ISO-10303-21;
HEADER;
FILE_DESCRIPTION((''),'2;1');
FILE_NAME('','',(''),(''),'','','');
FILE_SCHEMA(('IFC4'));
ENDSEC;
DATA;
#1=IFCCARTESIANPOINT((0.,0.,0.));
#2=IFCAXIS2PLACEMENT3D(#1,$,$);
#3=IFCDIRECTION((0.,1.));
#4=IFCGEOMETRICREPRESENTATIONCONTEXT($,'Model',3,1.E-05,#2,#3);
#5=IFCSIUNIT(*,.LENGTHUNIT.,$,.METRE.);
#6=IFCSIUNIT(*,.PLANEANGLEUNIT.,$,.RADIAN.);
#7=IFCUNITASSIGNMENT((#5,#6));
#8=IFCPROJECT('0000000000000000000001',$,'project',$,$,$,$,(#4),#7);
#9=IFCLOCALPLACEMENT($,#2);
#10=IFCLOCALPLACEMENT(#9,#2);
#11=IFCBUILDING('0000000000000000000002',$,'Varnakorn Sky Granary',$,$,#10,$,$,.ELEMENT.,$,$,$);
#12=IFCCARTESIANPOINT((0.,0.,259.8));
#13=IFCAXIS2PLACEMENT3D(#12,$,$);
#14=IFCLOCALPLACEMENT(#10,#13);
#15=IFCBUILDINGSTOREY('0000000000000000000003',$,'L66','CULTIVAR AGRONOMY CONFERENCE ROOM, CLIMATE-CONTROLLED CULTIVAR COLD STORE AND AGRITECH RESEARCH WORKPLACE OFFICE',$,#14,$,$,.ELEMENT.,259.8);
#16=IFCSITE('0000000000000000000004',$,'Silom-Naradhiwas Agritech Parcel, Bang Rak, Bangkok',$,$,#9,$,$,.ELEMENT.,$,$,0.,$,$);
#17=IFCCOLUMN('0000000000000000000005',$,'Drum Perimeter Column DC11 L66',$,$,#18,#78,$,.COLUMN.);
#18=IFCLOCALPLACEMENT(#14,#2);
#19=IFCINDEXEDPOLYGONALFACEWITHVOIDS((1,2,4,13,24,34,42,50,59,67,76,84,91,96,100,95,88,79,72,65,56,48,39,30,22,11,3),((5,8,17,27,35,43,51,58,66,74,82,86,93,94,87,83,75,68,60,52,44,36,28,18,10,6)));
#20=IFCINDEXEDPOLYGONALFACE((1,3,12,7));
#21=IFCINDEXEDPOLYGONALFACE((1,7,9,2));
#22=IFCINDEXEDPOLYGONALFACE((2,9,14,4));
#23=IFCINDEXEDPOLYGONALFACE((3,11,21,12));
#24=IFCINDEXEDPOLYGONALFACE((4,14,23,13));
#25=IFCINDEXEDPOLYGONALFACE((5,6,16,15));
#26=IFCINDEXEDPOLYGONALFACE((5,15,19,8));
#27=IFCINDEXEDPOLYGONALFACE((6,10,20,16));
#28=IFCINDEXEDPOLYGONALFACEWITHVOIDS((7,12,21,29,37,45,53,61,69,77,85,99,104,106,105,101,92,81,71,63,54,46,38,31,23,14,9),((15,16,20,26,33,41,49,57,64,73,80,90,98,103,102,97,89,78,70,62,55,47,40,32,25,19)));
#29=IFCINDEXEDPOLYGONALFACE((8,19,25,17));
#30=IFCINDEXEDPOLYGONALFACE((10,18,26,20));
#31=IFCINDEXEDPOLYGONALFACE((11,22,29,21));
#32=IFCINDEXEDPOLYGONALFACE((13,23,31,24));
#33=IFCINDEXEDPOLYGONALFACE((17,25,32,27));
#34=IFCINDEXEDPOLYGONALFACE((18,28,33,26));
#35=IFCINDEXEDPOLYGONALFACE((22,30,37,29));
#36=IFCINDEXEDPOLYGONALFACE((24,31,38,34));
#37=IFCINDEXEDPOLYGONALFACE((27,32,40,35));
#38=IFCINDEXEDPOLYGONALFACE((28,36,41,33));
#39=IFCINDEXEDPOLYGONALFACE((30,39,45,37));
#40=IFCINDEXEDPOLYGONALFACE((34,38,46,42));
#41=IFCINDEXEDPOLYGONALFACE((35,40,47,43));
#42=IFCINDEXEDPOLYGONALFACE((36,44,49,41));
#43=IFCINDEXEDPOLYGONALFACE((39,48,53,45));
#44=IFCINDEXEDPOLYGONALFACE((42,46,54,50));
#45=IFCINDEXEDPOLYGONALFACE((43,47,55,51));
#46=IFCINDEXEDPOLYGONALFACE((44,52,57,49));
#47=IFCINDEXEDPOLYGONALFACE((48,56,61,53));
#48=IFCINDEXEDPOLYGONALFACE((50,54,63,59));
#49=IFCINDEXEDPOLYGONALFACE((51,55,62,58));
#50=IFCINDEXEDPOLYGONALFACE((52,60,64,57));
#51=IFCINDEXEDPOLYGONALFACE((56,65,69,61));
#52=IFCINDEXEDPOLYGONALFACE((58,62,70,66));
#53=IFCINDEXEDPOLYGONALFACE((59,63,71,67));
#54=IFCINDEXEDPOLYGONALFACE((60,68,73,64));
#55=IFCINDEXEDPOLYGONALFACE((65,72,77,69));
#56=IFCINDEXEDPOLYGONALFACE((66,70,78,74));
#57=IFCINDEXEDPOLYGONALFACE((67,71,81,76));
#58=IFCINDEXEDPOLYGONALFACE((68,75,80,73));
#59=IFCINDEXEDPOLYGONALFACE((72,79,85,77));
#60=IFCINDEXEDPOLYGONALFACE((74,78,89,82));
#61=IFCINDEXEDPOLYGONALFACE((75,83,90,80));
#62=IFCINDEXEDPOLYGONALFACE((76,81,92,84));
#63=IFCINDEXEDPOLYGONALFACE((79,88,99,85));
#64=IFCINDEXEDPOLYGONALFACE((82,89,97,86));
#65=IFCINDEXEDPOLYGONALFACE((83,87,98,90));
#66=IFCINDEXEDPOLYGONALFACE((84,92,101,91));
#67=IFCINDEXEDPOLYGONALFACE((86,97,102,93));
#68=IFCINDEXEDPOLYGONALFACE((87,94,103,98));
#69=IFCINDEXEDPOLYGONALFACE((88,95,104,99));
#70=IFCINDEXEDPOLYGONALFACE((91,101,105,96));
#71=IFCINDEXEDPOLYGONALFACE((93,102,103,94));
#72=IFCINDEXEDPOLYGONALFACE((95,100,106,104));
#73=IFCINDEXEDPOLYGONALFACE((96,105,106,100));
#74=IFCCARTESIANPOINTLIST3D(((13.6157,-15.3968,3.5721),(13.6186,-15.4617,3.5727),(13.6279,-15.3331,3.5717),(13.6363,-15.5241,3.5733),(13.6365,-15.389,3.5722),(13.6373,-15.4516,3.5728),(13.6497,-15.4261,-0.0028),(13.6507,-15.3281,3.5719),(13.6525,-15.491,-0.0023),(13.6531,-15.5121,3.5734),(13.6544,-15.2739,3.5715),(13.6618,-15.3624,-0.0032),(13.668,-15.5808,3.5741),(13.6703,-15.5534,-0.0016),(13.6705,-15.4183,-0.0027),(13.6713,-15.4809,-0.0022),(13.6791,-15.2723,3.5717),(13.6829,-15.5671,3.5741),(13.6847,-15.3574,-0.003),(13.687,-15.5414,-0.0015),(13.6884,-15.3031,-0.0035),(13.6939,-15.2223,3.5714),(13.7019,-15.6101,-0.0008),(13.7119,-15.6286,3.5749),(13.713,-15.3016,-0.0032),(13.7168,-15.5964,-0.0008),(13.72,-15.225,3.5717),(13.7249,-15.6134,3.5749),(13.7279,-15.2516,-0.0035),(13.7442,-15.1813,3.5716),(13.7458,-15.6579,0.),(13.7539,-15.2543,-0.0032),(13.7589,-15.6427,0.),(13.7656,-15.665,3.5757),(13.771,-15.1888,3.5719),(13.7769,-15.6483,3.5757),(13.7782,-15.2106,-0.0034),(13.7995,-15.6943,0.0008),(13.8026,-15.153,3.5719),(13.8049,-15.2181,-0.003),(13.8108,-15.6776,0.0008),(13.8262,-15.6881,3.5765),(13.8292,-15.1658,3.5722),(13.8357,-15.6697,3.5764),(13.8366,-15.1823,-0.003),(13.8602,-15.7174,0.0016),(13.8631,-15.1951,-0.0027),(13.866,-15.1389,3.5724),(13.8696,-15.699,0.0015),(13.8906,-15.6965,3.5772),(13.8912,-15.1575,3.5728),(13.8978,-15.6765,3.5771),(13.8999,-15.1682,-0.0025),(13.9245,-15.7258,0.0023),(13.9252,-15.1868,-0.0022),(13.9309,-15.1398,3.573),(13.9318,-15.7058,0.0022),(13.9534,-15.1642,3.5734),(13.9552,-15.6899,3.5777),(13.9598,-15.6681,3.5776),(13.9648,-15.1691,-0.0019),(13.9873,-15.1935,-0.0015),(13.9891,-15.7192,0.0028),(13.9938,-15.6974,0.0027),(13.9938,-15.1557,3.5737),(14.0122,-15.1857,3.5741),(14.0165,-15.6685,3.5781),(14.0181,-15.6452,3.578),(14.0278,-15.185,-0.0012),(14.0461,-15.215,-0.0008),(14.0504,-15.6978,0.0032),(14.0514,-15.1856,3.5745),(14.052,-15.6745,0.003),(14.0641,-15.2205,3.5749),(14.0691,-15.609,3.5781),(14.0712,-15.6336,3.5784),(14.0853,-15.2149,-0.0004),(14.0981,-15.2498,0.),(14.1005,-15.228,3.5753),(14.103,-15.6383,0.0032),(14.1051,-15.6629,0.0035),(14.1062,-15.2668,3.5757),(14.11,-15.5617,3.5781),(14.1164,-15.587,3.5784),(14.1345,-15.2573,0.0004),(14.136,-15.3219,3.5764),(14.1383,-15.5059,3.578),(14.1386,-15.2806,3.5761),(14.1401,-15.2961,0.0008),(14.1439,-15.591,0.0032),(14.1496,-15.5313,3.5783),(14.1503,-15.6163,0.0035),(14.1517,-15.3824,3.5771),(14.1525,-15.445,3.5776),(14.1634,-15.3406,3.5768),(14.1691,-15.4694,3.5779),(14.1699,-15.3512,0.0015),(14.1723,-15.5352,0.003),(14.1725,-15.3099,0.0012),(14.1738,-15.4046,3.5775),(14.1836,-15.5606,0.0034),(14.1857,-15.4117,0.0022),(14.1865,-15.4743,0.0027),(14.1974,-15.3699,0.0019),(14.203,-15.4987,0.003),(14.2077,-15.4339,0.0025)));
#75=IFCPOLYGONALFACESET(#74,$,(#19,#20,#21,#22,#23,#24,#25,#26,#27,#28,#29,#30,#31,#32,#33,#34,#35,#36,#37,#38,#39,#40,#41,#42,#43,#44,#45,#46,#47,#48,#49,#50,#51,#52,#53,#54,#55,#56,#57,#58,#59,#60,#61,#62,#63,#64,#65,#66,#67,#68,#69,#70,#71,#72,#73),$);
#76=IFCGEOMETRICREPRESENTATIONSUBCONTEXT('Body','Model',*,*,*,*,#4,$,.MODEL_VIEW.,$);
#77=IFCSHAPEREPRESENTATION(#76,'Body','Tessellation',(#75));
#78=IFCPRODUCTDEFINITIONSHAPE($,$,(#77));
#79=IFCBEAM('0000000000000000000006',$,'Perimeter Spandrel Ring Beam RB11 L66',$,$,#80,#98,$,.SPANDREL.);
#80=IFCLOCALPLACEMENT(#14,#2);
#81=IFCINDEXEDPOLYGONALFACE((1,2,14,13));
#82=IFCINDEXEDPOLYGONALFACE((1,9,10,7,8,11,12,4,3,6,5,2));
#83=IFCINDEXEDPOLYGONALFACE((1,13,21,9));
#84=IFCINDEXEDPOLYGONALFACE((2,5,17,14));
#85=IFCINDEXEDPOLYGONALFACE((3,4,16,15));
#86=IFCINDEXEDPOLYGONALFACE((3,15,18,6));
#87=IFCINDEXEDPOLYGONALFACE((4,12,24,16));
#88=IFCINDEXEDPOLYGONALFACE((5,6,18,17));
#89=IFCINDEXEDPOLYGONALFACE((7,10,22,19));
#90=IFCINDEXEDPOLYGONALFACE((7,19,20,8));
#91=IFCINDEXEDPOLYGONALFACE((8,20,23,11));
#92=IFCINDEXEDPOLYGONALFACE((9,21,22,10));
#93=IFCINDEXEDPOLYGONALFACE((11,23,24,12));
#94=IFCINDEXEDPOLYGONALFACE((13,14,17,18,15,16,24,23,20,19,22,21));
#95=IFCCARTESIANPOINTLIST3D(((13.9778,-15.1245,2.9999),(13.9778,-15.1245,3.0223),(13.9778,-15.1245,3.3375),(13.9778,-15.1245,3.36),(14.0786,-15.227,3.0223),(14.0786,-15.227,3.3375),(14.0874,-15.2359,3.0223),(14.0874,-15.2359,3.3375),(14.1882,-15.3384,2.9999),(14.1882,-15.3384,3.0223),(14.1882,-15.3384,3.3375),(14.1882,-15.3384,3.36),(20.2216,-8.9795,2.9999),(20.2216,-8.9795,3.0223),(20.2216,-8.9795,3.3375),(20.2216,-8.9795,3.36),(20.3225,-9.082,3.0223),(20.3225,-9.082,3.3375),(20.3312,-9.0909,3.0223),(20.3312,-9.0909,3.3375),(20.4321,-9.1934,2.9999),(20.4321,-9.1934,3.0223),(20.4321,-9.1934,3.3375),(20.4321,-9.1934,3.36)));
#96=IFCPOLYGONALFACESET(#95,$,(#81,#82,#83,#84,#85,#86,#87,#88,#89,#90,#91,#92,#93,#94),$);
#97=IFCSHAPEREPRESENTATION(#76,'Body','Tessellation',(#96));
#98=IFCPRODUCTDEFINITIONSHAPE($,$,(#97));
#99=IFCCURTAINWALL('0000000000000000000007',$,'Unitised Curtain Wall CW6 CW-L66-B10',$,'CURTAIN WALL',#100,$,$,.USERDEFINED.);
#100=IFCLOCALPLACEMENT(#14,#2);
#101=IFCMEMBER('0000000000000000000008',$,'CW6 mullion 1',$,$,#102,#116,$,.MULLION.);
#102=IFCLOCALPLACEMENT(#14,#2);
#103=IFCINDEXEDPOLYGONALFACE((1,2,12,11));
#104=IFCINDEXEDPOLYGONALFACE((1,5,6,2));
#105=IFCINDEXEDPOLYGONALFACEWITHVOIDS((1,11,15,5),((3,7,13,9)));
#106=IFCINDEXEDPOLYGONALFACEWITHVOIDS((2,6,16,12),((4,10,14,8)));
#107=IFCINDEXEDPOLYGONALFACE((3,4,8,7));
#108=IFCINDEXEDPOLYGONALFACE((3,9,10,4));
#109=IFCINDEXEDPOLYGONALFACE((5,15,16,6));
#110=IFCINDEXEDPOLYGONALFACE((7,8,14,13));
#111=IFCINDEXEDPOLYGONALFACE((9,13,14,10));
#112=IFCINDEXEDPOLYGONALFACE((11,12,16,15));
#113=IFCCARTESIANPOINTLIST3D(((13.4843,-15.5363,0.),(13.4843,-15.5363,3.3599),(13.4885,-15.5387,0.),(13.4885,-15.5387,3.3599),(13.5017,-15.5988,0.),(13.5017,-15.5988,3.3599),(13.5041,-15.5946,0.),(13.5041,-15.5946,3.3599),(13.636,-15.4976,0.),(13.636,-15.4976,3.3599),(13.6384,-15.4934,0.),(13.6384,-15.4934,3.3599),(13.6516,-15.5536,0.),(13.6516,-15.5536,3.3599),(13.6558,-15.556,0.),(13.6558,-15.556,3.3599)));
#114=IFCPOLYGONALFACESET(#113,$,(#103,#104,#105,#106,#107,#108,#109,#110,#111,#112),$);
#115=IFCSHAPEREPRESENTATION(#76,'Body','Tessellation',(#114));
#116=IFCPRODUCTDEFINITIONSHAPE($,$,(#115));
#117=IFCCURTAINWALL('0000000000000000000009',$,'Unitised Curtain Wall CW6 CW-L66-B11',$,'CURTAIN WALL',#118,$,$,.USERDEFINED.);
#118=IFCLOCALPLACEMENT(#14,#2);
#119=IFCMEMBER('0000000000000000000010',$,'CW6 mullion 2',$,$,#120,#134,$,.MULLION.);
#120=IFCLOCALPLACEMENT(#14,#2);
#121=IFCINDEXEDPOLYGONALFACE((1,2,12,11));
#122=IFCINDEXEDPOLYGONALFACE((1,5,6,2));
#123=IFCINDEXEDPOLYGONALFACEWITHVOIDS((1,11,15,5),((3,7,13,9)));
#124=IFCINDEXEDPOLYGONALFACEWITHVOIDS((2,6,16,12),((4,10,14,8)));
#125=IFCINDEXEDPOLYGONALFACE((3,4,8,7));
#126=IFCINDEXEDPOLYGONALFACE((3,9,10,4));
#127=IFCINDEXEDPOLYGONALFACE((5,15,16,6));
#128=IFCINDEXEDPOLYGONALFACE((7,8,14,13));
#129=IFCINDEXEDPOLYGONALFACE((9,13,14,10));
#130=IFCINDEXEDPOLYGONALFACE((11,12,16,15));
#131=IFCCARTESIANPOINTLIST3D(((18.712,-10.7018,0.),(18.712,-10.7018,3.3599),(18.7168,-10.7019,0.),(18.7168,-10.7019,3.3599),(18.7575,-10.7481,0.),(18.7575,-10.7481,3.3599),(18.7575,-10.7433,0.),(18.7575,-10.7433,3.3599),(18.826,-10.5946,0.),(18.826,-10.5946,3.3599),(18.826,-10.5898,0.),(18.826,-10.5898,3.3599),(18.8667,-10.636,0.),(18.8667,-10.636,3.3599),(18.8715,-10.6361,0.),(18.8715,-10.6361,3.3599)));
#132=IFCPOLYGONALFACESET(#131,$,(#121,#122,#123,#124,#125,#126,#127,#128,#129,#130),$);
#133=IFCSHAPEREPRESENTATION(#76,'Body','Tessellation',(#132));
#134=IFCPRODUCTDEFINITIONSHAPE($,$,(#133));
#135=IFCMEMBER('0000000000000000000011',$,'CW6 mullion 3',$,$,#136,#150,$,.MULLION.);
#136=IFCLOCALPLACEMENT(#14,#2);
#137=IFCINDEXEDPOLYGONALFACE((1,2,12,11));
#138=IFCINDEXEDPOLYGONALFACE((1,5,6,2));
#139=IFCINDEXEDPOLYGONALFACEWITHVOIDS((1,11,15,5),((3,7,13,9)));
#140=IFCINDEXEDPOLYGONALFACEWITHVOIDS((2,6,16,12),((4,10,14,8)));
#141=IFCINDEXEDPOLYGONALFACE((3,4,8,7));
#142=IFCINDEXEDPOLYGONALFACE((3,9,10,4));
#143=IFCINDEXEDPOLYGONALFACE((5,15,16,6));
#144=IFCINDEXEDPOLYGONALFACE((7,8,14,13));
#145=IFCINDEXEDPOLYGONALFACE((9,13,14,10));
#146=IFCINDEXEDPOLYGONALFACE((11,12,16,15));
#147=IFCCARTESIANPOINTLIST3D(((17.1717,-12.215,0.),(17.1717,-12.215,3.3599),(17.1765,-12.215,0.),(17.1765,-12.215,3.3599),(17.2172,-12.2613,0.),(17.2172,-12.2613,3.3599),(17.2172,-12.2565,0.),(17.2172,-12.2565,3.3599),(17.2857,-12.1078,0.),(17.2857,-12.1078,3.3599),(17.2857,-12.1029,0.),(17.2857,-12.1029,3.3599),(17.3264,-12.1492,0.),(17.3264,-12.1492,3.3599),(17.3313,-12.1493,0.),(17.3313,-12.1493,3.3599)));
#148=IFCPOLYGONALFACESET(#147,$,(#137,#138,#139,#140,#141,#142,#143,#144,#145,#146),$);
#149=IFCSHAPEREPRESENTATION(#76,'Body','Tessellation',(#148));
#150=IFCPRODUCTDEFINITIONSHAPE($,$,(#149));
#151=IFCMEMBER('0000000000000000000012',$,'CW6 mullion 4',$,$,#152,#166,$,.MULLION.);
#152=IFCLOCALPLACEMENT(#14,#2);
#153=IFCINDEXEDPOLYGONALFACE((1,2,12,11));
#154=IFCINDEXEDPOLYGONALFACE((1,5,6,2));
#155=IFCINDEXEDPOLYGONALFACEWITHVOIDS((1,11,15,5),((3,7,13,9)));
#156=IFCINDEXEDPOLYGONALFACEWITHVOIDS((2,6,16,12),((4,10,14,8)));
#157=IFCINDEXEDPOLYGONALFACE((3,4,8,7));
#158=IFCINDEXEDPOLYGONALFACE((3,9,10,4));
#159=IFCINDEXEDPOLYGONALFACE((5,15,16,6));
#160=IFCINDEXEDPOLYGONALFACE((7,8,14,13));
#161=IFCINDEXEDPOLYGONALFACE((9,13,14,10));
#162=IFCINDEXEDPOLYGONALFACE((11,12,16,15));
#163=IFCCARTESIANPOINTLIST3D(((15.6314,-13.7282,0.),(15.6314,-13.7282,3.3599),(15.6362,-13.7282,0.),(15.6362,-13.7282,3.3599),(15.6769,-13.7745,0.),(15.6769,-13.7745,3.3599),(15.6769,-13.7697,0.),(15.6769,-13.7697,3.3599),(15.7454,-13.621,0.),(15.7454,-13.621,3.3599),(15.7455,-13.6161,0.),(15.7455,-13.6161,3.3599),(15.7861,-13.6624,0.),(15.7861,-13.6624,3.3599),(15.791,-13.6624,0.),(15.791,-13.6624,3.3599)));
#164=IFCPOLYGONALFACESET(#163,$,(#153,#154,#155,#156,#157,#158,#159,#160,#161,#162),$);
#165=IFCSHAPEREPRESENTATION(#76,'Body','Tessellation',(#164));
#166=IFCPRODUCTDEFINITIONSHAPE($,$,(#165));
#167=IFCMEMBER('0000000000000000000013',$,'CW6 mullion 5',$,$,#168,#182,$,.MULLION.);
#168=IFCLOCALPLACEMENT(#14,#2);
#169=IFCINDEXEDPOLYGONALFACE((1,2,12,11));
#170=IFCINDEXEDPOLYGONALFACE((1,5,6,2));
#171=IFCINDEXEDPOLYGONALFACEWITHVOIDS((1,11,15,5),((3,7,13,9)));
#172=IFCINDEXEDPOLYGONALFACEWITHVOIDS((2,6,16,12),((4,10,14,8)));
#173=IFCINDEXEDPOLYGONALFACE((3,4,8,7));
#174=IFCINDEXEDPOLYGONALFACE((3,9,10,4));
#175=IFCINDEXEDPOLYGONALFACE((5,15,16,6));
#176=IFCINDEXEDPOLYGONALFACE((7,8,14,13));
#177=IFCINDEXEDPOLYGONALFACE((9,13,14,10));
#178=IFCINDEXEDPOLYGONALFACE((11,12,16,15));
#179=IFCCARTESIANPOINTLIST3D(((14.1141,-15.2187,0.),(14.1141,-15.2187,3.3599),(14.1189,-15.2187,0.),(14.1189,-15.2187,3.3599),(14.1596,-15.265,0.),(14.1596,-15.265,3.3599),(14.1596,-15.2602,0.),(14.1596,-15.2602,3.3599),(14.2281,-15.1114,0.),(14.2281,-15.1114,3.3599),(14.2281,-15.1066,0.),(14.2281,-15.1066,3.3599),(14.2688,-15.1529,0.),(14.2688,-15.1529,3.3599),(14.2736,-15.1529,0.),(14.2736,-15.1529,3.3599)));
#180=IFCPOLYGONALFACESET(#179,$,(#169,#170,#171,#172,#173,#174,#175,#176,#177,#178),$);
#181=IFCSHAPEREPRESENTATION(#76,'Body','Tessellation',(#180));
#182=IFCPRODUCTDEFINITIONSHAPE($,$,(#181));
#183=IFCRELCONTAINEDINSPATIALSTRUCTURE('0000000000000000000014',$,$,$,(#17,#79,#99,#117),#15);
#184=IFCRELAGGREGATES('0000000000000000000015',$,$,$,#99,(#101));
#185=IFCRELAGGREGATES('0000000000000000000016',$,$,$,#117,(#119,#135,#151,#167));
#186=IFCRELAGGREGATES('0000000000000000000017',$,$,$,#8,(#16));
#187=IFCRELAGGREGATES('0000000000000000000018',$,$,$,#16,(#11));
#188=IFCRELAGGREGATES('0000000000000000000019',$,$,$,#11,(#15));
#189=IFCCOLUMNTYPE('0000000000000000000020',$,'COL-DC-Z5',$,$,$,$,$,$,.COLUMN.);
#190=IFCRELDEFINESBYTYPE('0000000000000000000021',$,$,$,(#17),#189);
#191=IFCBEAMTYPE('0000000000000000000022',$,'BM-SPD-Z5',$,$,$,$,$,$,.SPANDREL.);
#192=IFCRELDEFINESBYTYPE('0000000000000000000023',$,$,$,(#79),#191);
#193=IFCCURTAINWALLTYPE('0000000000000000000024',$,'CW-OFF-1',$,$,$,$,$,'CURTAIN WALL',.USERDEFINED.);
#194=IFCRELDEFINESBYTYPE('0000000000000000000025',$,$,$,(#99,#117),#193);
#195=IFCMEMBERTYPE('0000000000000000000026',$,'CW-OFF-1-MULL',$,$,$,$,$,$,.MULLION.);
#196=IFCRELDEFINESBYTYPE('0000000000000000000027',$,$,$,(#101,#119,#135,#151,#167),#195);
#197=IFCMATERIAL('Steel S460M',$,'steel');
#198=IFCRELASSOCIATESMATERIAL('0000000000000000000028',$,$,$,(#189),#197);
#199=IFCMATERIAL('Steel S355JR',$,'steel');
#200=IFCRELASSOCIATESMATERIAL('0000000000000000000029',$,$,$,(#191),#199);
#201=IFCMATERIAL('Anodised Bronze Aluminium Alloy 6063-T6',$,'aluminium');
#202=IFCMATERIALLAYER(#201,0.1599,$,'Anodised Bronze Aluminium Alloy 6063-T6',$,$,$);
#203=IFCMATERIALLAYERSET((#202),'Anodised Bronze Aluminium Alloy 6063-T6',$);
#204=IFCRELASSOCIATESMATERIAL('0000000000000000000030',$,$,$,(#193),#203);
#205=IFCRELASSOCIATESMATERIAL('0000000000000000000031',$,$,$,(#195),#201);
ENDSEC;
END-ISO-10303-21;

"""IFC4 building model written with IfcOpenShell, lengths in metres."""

from ifc_helpers import new_model, si_unit, direction, frame, origin, origin_2d, place, context, subcontext, project, spatial, hollow_rectangle, hollow_circle, i_section, extrude, material, layer, layer_set, material_profile, profile_set, type_object, element, aggregate, save


model = new_model("IFC4")

# Units and contexts
model_context = context("Model", 3, precision=1e-05, world=origin(), true_north=direction((0.0, 1.0)))
body_context = subcontext(model_context, "Body", "Model", "MODEL_VIEW")
ifc_project = project(units=[si_unit("LENGTHUNIT", "METRE"), si_unit("PLANEANGLEUNIT", "RADIAN")], contexts=[model_context])

# Site, building, storey
site_placement = place(None, origin())
site = spatial("IfcSite", under=ifc_project, at=site_placement, Name="Silom-Naradhiwas Agritech Parcel, Bang Rak, Bangkok", CompositionType="ELEMENT", RefElevation=0.0)
building_placement = place(site_placement, origin())
building = spatial("IfcBuilding", under=site, at=building_placement, Name="Varnakorn Sky Granary", CompositionType="ELEMENT")
storey_placement = place(building_placement, frame((0.0, 0.0, 259.8)))
storey = spatial("IfcBuildingStorey", under=building, at=storey_placement, Name="L66", Description="CULTIVAR AGRONOMY CONFERENCE ROOM, CLIMATE-CONTROLLED CULTIVAR COLD STORE AND AGRITECH RESEARCH WORKPLACE OFFICE", CompositionType="ELEMENT", Elevation=259.8)

# Column
ifc_material_1 = material(Name="Steel S460M", Category="steel")
ifc_material_profile_1 = material_profile(ifc_material_1, hollow_circle(Radius=0.2795, WallThickness=0.02, at=origin_2d()), Name="CHS 559x20")
ifc_profile_set_1 = profile_set([ifc_material_profile_1], Name="Steel S460M")
column_type = type_object("IfcColumnType", Name="COL-DC-Z5", PredefinedType="COLUMN", material=ifc_profile_set_1)
column_placement = place(storey_placement, frame((13.9285, -15.4463, 0.0), z_axis=(-0.009492, 0.008194, 0.999921), x_axis=(-0.653478, -0.756945, 0.0)))
element("IfcColumn", 1, at=column_placement, inside=storey, type_object=column_type, Name="Drum Perimeter Column DC11 L66", PredefinedType="COLUMN", context=body_context, shape_type="SweptSolid", body=[
    extrude(hollow_circle(Radius=0.2795, WallThickness=0.02, at=origin_2d()), origin(), (0.0, 0.0, 1.0), 3.5752),
])

# Beam
ifc_material_2 = material(Name="Steel S355JR", Category="steel")
ifc_material_profile_2 = material_profile(ifc_material_2, i_section(OverallWidth=0.3, OverallDepth=0.3601, WebThickness=0.0125, FlangeThickness=0.0225, at=origin_2d()), Name="HE 360 B")
ifc_profile_set_2 = profile_set([ifc_material_profile_2], Name="Steel S355JR")
beam_type = type_object("IfcBeamType", Name="BM-SPD-Z5", PredefinedType="SPANDREL", material=ifc_profile_set_2)
beam_placement = place(storey_placement, frame((14.083, -15.2314, 3.1799), z_axis=(0.712728, 0.701441, 0.0), x_axis=(-0.701441, 0.712728, 0.0)))
element("IfcBeam", 2, at=beam_placement, inside=storey, type_object=beam_type, Name="Perimeter Spandrel Ring Beam RB11 L66", PredefinedType="SPANDREL", context=body_context, shape_type="SweptSolid", body=[
    extrude(i_section(OverallWidth=0.3, OverallDepth=0.3601, WebThickness=0.0125, FlangeThickness=0.0225, at=origin_2d()), origin(), (0.0, 0.0, 1.0), 8.7605),
])

# Curtain wall, member
ifc_material_3 = material(Name="Anodised Bronze Aluminium Alloy 6063-T6", Category="aluminium")
ifc_layer_1 = layer(ifc_material_3, 0.1599, Name="Anodised Bronze Aluminium Alloy 6063-T6")
ifc_layer_set_1 = layer_set([ifc_layer_1], Name="Anodised Bronze Aluminium Alloy 6063-T6")
curtain_wall_type = type_object("IfcCurtainWallType", Name="CW-OFF-1", ElementType="CURTAIN WALL", PredefinedType="USERDEFINED", material=ifc_layer_set_1)
curtain_wall_1_placement = place(storey_placement, origin())
curtain_wall_1 = element("IfcCurtainWall", 3, at=curtain_wall_1_placement, inside=storey, type_object=curtain_wall_type, Name="Unitised Curtain Wall CW6 CW-L66-B10", ObjectType="CURTAIN WALL", PredefinedType="USERDEFINED")
ifc_material_profile_3 = material_profile(ifc_material_3, hollow_rectangle(XDim=0.0649, YDim=0.1599, WallThickness=0.0034, at=origin_2d()), Name="ALU MULL 65x160")
ifc_profile_set_3 = profile_set([ifc_material_profile_3], Name="Anodised Bronze Aluminium Alloy 6063-T6")
member_type_1 = type_object("IfcMemberType", Name="CW-OFF-1-MULL", PredefinedType="MULLION", material=ifc_profile_set_3)
member_1_placement = place(storey_placement, frame((13.5701, -15.5461, 0.0), z_axis=(0.0, 0.0, 1.0), x_axis=(0.267911, -0.963444, 0.0)))
member_1 = element("IfcMember", 4, at=member_1_placement, type_object=member_type_1, Name="CW6 mullion 1", PredefinedType="MULLION", context=body_context, shape_type="SweptSolid", body=[
    extrude(hollow_rectangle(XDim=0.0649, YDim=0.1599, WallThickness=0.0034, at=origin_2d()), origin(), (0.0, 0.0, 1.0), 3.3599),
])
aggregate(curtain_wall_1, [member_1])

# Curtain wall, members
curtain_wall_2_placement = place(storey_placement, origin())
curtain_wall_2 = element("IfcCurtainWall", 5, at=curtain_wall_2_placement, inside=storey, type_object=curtain_wall_type, Name="Unitised Curtain Wall CW6 CW-L66-B11", ObjectType="CURTAIN WALL", PredefinedType="USERDEFINED")
member_2_placement = place(storey_placement, frame((18.7917, -10.6689, 0.0), z_axis=(0.0, 0.0, 1.0), x_axis=(0.700774, -0.713383, 0.0)))
member_2 = element("IfcMember", 6, at=member_2_placement, type_object=member_type_1, Name="CW6 mullion 2", PredefinedType="MULLION", context=body_context, shape_type="SweptSolid", body=[
    extrude(hollow_rectangle(XDim=0.0649, YDim=0.1599, WallThickness=0.0034, at=origin_2d()), origin(), (0.0, 0.0, 1.0), 3.3599),
])
member_3_placement = place(storey_placement, frame((17.2515, -12.1821, 0.0), z_axis=(0.0, 0.0, 1.0), x_axis=(0.700774, -0.713383, 0.0)))
member_3 = element("IfcMember", 7, at=member_3_placement, type_object=member_type_1, Name="CW6 mullion 3", PredefinedType="MULLION", context=body_context, shape_type="SweptSolid", body=[
    extrude(hollow_rectangle(XDim=0.0649, YDim=0.1599, WallThickness=0.0034, at=origin_2d()), origin(), (0.0, 0.0, 1.0), 3.3599),
])
member_4_placement = place(storey_placement, frame((15.7112, -13.6953, 0.0), z_axis=(0.0, 0.0, 1.0), x_axis=(0.700774, -0.713383, 0.0)))
member_4 = element("IfcMember", 8, at=member_4_placement, type_object=member_type_1, Name="CW6 mullion 4", PredefinedType="MULLION", context=body_context, shape_type="SweptSolid", body=[
    extrude(hollow_rectangle(XDim=0.0649, YDim=0.1599, WallThickness=0.0034, at=origin_2d()), origin(), (0.0, 0.0, 1.0), 3.3599),
])
member_5_placement = place(storey_placement, frame((14.1938, -15.1858, 0.0), z_axis=(0.0, 0.0, 1.0), x_axis=(0.700774, -0.713383, 0.0)))
member_5 = element("IfcMember", 9, at=member_5_placement, type_object=member_type_1, Name="CW6 mullion 5", PredefinedType="MULLION", context=body_context, shape_type="SweptSolid", body=[
    extrude(hollow_rectangle(XDim=0.0649, YDim=0.1599, WallThickness=0.0034, at=origin_2d()), origin(), (0.0, 0.0, 1.0), 3.3599),
])

aggregate(curtain_wall_2, [member_2, member_3, member_4, member_5])

save(model, "model.ifc")
